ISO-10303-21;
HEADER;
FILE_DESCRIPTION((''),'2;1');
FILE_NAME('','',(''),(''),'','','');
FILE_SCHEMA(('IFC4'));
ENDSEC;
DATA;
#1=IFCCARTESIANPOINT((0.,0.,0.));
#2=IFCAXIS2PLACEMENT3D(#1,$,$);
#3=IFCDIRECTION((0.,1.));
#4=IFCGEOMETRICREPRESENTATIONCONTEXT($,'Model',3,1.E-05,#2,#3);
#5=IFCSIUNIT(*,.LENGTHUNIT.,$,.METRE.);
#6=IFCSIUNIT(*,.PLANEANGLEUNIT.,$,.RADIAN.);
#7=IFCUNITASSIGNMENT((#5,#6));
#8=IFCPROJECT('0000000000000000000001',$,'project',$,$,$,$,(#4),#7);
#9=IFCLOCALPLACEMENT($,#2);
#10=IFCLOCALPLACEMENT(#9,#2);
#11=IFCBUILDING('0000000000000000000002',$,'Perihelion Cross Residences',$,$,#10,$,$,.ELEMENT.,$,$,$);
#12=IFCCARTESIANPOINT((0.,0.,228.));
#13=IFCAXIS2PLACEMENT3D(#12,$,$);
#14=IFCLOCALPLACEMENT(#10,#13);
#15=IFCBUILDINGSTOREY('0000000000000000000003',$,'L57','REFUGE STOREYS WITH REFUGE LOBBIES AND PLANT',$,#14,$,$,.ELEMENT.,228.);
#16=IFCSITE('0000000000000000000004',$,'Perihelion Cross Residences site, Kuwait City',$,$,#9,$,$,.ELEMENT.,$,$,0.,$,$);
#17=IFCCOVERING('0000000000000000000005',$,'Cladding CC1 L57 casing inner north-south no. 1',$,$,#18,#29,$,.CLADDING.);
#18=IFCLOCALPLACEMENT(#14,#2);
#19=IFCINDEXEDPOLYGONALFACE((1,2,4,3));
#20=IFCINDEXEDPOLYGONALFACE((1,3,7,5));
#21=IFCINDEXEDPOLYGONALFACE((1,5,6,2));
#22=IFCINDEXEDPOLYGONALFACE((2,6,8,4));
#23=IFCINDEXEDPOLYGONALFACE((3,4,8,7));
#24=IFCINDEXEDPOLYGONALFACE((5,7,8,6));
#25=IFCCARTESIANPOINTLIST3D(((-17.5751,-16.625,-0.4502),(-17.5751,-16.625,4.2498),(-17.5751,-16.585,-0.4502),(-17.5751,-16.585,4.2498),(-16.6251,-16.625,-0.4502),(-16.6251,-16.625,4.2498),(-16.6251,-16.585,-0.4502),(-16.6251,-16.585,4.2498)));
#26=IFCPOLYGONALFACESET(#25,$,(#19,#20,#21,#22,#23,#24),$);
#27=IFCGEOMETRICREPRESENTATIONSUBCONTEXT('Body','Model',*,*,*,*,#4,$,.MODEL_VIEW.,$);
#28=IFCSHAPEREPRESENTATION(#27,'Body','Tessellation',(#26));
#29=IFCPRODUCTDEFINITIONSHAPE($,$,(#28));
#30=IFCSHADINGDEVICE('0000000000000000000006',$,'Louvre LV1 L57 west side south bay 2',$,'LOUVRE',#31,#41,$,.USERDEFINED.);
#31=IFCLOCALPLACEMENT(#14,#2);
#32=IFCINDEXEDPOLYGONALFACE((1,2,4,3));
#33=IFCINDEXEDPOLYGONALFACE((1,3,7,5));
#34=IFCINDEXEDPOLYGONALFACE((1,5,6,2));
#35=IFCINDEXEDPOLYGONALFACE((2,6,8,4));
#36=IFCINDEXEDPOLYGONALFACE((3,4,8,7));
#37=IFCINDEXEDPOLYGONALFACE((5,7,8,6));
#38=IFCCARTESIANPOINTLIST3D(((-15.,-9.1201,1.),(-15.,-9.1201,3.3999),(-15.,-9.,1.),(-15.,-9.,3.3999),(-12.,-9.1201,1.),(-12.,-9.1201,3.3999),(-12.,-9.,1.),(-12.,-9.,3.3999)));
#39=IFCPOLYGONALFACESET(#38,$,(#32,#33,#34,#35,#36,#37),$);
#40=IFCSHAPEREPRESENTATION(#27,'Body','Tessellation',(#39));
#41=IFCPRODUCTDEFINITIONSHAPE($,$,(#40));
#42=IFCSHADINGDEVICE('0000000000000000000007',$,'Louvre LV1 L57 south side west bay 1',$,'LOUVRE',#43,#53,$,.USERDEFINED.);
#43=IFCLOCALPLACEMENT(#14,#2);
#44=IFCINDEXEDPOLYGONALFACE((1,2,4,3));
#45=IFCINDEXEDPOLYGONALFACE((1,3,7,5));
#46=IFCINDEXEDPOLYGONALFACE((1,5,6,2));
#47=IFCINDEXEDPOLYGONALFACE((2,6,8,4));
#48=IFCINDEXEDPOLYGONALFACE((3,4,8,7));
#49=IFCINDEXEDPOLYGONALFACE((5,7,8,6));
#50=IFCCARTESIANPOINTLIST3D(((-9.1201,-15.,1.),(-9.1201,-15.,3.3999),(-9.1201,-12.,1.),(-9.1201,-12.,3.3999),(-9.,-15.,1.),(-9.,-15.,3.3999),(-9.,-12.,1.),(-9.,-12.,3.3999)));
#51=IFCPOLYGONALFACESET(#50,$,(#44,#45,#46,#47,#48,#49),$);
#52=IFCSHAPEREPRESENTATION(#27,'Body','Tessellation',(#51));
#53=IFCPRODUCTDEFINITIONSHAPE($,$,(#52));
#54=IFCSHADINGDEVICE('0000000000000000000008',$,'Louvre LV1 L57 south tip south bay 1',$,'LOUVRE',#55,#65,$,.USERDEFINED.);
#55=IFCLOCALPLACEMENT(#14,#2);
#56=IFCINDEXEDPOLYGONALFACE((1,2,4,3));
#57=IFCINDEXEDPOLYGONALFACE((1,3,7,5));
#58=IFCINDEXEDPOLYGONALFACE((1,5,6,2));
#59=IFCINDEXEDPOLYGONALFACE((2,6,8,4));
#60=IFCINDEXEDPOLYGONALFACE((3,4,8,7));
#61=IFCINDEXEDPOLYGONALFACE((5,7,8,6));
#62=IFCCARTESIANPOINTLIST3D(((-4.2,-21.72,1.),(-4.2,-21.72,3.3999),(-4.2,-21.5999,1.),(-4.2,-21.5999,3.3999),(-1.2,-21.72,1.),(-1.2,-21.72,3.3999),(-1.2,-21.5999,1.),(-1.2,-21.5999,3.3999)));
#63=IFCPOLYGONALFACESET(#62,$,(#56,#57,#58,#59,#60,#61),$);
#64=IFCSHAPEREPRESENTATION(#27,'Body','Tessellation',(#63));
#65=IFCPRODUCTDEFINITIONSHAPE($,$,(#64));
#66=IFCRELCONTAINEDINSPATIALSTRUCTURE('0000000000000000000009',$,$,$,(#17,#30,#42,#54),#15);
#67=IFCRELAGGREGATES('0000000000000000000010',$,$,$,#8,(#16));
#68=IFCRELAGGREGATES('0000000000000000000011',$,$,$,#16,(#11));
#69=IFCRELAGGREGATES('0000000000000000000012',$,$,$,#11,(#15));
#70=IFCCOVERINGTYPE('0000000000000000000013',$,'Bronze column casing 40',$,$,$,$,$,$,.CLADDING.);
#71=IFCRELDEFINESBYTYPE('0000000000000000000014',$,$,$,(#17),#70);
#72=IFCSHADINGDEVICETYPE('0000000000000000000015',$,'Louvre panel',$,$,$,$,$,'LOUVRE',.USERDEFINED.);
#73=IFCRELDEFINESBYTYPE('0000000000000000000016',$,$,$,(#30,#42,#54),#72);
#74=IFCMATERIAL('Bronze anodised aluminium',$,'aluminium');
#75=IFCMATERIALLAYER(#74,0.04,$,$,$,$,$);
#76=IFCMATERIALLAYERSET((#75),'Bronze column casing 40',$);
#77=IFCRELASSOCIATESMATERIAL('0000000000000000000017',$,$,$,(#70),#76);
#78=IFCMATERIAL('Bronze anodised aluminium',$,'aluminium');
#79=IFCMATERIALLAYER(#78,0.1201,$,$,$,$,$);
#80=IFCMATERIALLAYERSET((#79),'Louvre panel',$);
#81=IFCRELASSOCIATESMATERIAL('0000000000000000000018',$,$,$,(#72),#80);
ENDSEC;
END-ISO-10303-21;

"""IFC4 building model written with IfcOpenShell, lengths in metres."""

from ifc_helpers import new_model, si_unit, direction, frame, origin, origin_2d, place, context, subcontext, project, spatial, rectangle, extrude, material, layer, layer_set, type_object, element, save


model = new_model("IFC4")

# Units and contexts
model_context = context("Model", 3, precision=1e-05, world=origin(), true_north=direction((0.0, 1.0)))
body_context = subcontext(model_context, "Body", "Model", "MODEL_VIEW")
ifc_project = project(units=[si_unit("LENGTHUNIT", "METRE"), si_unit("PLANEANGLEUNIT", "RADIAN")], contexts=[model_context])

# Site, building, storey
site_placement = place(None, origin())
site = spatial("IfcSite", under=ifc_project, at=site_placement, Name="Perihelion Cross Residences site, Kuwait City", CompositionType="ELEMENT", RefElevation=0.0)
building_placement = place(site_placement, origin())
building = spatial("IfcBuilding", under=site, at=building_placement, Name="Perihelion Cross Residences", CompositionType="ELEMENT")
storey_placement = place(building_placement, frame((0.0, 0.0, 228.0)))
storey = spatial("IfcBuildingStorey", under=building, at=storey_placement, Name="L57", Description="REFUGE STOREYS WITH REFUGE LOBBIES AND PLANT", CompositionType="ELEMENT", Elevation=228.0)

# Covering
ifc_material_1 = material(Name="Bronze anodised aluminium", Category="aluminium")
ifc_layer_1 = layer(ifc_material_1, 0.04)
ifc_layer_set_1 = layer_set([ifc_layer_1], Name="Bronze column casing 40")
covering_type = type_object("IfcCoveringType", Name="Bronze column casing 40", PredefinedType="CLADDING", material=ifc_layer_set_1)
covering_1_placement = place(storey_placement, frame((-17.1001, -16.605, -0.4502), z_axis=(0.0, 0.0, 1.0), x_axis=(1.0, 0.0, 0.0)))
element("IfcCovering", 1, at=covering_1_placement, inside=storey, type_object=covering_type, Name="Cladding CC1 L57 casing inner north-south no. 1", PredefinedType="CLADDING", context=body_context, shape_type="SweptSolid", body=[
    extrude(rectangle(XDim=0.95, YDim=0.04, at=origin_2d()), origin(), (0.0, 0.0, 1.0), 4.7),
])

# Shading devices
ifc_material_2 = material(Name="Bronze anodised aluminium", Category="aluminium")
ifc_layer_2 = layer(ifc_material_2, 0.1201)
ifc_layer_set_2 = layer_set([ifc_layer_2], Name="Louvre panel")
shading_device_type = type_object("IfcShadingDeviceType", Name="Louvre panel", ElementType="LOUVRE", PredefinedType="USERDEFINED", material=ifc_layer_set_2)
for number, where, z_axis, x_axis, name in (
    (2, (-13.5, -9.0601, 1.0), (0.0, 0.0, 1.0), (1.0, 0.0, 0.0), "Louvre LV1 L57 west side south bay 2"),
    (3, (-9.0601, -13.5, 1.0), (0.0, 0.0, 1.0), (0.0, -1.0, 0.0), "Louvre LV1 L57 south side west bay 1"),
    (4, (-2.7, -21.6599, 1.0), (0.0, 0.0, 1.0), (1.0, 0.0, 0.0), "Louvre LV1 L57 south tip south bay 1"),
):
    element("IfcShadingDevice", number, at=place(storey_placement, frame(where, z_axis=z_axis, x_axis=x_axis)), inside=storey, type_object=shading_device_type, Name=name, ObjectType="LOUVRE", PredefinedType="USERDEFINED", context=body_context, shape_type="SweptSolid", body=[
        extrude(rectangle(XDim=3.0, YDim=0.1201, at=origin_2d()), origin(), (0.0, 0.0, 1.0), 2.3999),
    ])

save(model, "model.ifc")
